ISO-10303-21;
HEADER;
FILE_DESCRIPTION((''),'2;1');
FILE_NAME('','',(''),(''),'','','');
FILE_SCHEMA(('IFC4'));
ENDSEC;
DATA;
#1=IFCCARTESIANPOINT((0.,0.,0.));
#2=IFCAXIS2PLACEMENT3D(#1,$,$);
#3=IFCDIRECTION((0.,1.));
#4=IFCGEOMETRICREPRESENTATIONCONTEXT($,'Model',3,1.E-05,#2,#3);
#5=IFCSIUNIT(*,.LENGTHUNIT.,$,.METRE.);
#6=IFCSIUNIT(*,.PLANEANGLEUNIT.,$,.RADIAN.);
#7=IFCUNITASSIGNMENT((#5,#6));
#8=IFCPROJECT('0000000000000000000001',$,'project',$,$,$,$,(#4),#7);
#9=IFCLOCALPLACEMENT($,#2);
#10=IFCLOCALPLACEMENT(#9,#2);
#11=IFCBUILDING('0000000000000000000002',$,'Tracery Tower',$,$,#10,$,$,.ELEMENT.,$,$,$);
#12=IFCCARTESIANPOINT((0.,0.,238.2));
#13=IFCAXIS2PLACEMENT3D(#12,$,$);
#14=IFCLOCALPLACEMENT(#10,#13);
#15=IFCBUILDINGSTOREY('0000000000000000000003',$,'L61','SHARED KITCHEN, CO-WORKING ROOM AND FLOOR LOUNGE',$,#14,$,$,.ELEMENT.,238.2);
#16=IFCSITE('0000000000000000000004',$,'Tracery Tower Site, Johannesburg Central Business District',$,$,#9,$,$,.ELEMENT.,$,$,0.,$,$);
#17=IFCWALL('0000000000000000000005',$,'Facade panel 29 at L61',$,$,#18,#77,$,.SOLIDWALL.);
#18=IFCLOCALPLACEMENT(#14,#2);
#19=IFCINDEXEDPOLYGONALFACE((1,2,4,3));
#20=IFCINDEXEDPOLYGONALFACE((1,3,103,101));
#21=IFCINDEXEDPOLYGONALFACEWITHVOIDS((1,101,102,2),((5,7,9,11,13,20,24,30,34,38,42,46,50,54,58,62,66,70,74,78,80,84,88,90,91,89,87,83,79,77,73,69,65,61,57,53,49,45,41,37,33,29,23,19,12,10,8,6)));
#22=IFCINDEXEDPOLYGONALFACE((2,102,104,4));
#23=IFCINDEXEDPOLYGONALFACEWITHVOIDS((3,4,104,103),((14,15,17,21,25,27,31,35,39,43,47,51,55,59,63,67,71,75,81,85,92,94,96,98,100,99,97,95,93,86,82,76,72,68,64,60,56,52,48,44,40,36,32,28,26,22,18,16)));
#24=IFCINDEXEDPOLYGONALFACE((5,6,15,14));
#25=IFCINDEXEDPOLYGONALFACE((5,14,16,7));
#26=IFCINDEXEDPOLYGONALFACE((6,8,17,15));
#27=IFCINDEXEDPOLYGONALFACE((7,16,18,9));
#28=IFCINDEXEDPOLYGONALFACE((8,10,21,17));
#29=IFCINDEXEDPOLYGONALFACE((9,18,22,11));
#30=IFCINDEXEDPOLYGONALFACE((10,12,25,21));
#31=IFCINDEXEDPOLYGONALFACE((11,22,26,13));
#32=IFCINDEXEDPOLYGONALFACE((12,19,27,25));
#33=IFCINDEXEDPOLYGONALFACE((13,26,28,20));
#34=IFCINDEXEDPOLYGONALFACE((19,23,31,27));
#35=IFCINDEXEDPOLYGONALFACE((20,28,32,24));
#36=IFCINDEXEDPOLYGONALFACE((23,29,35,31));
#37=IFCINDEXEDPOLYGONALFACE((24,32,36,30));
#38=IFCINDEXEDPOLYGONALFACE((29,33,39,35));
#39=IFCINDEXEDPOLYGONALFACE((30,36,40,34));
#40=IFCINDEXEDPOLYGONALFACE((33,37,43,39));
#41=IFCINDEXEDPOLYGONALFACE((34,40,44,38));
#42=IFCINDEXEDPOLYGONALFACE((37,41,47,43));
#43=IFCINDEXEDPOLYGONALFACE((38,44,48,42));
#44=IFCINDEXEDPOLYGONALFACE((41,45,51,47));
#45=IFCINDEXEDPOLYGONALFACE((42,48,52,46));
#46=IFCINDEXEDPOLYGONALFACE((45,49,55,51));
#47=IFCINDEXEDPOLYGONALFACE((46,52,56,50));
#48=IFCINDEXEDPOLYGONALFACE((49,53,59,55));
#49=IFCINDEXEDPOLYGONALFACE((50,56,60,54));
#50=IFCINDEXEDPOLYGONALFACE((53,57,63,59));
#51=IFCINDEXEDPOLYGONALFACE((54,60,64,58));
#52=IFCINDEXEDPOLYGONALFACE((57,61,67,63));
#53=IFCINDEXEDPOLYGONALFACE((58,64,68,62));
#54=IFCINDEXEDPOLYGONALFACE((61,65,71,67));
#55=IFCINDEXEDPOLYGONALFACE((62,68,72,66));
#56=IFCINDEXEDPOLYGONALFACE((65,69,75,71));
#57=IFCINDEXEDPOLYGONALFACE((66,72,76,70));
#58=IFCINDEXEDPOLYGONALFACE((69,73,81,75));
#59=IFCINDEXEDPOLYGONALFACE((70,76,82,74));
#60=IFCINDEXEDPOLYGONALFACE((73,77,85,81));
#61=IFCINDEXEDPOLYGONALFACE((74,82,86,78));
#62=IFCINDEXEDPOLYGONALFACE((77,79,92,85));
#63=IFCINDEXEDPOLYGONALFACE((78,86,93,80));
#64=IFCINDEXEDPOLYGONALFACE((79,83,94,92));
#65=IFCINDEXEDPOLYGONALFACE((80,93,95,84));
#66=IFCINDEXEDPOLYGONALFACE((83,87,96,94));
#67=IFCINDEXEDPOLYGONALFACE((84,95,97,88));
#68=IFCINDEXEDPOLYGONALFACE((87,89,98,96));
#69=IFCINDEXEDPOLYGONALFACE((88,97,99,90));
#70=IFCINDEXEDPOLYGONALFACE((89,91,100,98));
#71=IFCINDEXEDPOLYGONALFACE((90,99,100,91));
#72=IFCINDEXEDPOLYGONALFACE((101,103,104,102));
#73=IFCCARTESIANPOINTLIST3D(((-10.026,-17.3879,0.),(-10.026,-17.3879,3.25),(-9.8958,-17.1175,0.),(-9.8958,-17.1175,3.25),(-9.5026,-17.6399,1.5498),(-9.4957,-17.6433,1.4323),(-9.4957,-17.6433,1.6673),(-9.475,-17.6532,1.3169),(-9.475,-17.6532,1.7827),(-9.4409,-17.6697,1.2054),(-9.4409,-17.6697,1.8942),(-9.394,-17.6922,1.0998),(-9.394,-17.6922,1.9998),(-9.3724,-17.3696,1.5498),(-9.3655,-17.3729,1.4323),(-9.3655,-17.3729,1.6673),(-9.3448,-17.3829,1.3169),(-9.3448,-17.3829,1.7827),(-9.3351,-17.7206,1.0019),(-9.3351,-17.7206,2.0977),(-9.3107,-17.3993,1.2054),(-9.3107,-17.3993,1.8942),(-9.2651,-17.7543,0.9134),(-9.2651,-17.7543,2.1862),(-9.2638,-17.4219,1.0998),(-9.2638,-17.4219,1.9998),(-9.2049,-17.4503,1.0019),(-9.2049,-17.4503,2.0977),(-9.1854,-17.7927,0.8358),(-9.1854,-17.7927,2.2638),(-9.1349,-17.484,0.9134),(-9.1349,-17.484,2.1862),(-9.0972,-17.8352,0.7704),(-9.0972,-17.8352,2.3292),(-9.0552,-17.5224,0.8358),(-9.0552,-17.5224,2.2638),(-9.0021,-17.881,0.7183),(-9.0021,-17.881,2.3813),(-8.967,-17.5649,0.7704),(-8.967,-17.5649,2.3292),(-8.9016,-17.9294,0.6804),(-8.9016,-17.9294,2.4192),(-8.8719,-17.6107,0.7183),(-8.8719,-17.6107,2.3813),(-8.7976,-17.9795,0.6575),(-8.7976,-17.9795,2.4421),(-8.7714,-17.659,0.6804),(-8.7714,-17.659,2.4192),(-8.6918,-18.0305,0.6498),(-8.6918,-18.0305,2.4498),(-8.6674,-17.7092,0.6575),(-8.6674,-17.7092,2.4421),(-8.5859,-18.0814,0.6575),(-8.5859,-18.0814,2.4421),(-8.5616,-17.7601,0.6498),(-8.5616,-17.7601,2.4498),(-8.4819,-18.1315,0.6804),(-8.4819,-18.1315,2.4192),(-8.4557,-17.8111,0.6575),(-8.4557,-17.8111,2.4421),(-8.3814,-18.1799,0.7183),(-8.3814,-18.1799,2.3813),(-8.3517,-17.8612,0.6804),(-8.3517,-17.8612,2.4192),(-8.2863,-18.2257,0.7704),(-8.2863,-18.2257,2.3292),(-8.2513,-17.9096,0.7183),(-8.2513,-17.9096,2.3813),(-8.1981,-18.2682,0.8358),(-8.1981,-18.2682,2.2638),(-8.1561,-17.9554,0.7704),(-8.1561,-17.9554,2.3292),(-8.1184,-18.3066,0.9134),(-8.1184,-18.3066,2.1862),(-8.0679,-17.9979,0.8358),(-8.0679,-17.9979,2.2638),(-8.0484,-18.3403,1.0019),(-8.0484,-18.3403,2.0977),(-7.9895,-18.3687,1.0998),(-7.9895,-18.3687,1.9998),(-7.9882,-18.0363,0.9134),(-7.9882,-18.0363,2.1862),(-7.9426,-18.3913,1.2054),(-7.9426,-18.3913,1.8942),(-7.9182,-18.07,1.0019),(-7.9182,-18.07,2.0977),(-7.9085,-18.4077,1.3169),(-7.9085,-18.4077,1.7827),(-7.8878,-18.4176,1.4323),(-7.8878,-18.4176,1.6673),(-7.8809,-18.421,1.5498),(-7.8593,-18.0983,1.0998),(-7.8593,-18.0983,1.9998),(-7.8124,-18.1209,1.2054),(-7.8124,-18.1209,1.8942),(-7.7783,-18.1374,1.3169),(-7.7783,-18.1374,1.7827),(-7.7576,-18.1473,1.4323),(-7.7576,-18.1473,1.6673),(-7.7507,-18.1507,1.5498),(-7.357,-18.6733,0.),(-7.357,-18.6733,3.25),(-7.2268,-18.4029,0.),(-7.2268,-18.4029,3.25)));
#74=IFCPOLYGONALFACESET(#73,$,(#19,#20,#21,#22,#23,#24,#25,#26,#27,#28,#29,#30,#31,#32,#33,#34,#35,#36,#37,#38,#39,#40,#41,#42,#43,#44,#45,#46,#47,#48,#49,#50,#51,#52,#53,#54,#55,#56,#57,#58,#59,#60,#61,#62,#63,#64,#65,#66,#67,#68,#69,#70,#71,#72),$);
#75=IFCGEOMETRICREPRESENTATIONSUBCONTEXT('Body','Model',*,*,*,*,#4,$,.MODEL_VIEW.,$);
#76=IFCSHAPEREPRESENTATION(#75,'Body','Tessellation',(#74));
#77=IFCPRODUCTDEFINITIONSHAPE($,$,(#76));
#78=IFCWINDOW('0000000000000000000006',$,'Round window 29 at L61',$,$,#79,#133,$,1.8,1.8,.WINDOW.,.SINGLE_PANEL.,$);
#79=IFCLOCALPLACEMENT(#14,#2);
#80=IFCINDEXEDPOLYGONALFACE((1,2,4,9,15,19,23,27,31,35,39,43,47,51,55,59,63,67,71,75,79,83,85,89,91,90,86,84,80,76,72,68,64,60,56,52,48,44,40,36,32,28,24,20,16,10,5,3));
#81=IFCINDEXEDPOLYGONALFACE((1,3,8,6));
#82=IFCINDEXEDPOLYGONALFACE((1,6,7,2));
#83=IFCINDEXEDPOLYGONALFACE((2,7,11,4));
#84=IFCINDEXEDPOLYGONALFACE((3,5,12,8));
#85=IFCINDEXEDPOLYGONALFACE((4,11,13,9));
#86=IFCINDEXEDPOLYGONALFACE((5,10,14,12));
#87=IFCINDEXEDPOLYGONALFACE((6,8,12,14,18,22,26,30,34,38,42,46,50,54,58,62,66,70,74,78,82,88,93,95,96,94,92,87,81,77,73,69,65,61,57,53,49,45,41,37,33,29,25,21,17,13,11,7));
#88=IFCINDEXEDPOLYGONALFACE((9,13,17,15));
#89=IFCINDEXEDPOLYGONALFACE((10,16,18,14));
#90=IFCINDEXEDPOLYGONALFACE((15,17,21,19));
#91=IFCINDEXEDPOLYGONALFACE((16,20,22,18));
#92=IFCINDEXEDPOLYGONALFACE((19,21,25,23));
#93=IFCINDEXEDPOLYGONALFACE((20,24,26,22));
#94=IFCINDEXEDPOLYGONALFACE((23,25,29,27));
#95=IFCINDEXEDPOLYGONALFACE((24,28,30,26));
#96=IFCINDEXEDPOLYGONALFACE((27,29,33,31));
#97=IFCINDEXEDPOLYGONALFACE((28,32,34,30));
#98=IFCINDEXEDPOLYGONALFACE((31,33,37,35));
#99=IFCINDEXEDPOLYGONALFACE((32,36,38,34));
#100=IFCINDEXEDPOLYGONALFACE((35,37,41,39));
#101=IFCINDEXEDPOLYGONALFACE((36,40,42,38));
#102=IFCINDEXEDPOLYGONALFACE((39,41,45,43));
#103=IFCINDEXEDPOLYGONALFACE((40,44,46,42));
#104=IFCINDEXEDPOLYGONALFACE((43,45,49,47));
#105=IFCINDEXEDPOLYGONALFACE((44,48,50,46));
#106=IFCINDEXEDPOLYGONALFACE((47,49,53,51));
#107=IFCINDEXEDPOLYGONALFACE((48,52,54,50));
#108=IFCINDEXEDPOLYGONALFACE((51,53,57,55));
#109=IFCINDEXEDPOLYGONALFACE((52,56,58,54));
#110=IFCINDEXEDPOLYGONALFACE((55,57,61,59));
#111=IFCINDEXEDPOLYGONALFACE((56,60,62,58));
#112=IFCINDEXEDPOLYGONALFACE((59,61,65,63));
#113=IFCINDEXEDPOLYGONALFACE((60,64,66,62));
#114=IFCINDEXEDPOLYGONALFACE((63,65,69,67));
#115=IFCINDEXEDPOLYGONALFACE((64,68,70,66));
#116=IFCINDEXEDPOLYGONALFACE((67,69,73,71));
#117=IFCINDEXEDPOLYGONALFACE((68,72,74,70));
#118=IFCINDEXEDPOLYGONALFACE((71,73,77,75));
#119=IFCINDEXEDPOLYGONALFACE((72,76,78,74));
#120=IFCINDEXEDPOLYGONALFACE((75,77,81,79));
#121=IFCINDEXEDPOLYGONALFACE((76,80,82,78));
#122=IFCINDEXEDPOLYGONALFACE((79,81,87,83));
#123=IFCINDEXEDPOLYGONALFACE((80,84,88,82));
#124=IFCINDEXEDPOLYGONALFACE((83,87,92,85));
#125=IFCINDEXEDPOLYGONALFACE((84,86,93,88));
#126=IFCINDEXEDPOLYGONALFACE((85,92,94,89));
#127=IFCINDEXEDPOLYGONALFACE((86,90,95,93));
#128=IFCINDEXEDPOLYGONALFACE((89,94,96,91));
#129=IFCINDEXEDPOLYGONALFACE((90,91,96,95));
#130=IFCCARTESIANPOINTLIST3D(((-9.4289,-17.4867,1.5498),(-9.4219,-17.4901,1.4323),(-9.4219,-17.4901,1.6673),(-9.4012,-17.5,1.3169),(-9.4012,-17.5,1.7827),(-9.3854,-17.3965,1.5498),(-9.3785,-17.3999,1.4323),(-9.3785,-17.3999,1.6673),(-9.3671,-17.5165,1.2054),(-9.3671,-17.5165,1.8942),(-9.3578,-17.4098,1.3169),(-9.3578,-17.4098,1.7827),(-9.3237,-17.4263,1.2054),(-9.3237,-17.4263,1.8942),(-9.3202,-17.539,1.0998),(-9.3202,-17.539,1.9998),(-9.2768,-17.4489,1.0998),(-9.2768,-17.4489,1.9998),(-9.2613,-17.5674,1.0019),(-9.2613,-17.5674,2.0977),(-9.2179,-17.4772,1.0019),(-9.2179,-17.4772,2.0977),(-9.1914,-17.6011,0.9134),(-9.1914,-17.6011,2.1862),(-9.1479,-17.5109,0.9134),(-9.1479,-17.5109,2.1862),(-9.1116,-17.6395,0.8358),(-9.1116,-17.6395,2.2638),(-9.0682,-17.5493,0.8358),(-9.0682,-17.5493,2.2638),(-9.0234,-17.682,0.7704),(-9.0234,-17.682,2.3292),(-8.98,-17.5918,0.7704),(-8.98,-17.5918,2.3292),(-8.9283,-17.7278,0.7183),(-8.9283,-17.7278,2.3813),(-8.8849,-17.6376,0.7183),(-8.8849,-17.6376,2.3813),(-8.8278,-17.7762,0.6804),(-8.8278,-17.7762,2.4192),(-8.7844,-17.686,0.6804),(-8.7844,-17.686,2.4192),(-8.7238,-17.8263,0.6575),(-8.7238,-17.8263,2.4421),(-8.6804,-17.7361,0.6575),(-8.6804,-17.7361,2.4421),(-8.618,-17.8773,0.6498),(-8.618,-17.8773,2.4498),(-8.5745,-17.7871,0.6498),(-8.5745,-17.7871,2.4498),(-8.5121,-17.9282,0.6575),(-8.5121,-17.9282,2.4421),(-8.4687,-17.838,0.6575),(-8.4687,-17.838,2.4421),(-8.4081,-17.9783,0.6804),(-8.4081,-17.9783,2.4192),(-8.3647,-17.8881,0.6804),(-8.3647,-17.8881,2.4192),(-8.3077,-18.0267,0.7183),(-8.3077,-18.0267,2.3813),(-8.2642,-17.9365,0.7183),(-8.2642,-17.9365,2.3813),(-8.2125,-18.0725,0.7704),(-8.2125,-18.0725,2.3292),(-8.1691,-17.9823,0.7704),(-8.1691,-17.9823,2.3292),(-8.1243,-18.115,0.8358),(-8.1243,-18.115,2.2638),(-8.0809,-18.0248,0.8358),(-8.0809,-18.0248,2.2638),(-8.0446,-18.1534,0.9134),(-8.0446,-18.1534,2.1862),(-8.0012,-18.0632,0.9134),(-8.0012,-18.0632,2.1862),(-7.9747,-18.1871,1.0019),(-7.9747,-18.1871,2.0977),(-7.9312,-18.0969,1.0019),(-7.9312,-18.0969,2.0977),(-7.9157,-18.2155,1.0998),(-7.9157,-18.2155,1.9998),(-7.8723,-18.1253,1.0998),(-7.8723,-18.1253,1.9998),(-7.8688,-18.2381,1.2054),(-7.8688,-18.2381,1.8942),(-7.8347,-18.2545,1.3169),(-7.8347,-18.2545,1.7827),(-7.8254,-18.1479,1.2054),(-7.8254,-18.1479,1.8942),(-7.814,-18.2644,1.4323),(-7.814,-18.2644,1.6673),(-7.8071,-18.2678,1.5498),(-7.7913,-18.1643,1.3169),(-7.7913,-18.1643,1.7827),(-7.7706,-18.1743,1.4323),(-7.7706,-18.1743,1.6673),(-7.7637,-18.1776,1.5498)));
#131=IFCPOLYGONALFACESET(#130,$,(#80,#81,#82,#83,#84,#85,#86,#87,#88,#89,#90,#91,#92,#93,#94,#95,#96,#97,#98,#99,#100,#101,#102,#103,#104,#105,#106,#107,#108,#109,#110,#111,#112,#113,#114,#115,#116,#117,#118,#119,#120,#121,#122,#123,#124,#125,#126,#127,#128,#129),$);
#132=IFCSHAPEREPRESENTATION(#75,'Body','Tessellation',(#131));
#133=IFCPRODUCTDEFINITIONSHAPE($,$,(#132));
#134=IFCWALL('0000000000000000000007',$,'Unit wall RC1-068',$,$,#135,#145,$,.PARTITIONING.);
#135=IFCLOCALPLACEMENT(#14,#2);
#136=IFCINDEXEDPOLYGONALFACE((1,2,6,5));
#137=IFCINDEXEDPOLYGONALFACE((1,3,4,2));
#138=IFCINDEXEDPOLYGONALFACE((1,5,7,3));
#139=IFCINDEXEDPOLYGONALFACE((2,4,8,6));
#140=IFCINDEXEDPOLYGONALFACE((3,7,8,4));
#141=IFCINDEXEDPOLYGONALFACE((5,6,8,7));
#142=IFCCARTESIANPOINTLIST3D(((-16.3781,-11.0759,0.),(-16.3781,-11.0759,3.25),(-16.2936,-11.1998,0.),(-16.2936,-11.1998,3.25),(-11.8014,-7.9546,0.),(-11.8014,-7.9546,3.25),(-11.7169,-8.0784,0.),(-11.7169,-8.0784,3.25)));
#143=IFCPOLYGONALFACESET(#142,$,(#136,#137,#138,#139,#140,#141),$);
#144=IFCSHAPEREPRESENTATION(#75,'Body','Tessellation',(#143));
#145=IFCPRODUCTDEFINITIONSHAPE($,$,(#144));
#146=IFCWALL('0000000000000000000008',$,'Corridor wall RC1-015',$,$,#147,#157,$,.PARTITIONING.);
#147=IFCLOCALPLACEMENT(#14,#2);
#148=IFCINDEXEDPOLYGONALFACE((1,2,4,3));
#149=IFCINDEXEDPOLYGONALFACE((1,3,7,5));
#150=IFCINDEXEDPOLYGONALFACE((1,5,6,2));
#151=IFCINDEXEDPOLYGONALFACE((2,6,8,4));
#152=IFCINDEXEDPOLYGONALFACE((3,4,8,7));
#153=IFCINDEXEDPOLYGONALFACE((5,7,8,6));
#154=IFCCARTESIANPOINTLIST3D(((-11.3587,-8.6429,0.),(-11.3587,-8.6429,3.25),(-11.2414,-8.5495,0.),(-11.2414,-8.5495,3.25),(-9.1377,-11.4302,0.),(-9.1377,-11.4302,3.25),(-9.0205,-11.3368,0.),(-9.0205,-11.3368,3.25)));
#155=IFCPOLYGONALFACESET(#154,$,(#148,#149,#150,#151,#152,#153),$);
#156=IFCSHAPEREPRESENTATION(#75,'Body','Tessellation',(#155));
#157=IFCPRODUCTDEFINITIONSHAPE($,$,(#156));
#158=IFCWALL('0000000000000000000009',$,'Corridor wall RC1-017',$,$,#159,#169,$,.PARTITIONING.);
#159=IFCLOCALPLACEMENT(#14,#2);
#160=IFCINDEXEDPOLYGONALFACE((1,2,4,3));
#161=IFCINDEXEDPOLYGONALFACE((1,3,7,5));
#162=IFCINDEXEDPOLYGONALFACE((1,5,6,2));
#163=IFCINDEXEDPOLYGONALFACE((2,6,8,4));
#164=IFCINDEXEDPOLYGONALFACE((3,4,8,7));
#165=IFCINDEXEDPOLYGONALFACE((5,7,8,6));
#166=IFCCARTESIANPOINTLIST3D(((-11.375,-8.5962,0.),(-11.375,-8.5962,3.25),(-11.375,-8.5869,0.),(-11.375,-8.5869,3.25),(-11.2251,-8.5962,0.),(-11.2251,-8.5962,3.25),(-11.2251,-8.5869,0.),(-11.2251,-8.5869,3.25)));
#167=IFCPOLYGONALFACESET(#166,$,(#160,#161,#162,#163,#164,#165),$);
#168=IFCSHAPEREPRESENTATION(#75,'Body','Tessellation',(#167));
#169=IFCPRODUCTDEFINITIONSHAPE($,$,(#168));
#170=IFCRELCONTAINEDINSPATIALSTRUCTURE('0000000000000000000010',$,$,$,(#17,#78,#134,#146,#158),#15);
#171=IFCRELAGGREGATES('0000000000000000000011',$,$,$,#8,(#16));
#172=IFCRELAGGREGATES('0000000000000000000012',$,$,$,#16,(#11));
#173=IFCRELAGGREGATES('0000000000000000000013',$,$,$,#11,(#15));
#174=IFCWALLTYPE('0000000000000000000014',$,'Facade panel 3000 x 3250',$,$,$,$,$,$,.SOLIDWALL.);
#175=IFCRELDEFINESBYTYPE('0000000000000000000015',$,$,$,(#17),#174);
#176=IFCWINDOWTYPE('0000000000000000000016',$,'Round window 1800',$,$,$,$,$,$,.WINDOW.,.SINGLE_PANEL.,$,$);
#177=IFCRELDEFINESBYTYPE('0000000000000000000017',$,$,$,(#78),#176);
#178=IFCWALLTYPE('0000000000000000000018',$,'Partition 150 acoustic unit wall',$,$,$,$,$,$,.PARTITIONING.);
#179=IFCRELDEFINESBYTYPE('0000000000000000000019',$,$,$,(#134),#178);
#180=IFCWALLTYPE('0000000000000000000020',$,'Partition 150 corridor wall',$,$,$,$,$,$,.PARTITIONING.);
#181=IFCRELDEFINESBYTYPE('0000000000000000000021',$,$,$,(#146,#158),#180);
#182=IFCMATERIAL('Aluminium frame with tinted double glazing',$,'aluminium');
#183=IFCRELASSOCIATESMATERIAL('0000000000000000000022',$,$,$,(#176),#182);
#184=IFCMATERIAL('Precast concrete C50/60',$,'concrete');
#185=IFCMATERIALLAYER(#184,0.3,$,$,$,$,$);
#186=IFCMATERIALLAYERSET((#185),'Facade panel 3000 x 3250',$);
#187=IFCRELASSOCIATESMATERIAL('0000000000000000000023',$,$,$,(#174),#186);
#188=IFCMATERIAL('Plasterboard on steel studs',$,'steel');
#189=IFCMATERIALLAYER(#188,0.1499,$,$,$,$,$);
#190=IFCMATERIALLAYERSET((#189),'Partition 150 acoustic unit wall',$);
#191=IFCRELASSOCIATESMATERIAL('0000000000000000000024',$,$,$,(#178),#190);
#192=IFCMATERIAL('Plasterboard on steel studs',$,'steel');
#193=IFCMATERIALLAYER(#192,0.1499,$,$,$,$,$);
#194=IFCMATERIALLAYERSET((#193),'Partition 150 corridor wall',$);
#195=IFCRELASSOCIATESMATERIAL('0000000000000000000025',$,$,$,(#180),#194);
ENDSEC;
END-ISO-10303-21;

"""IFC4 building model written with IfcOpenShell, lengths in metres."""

from ifc_helpers import new_model, si_unit, direction, frame, frame_2d, origin, origin_2d, place, context, subcontext, project, spatial, rectangle, circle, extrude, material, layer, layer_set, type_object, element, fill, save


model = new_model("IFC4")

# Units and contexts
model_context = context("Model", 3, precision=1e-05, world=origin(), true_north=direction((0.0, 1.0)))
body_context = subcontext(model_context, "Body", "Model", "MODEL_VIEW")
ifc_project = project(units=[si_unit("LENGTHUNIT", "METRE"), si_unit("PLANEANGLEUNIT", "RADIAN")], contexts=[model_context])

# Site, building, storey
site_placement = place(None, origin())
site = spatial("IfcSite", under=ifc_project, at=site_placement, Name="Tracery Tower Site, Johannesburg Central Business District", CompositionType="ELEMENT", RefElevation=0.0)
building_placement = place(site_placement, origin())
building = spatial("IfcBuilding", under=site, at=building_placement, Name="Tracery Tower", CompositionType="ELEMENT")
storey_placement = place(building_placement, frame((0.0, 0.0, 238.2)))
storey = spatial("IfcBuildingStorey", under=building, at=storey_placement, Name="L61", Description="SHARED KITCHEN, CO-WORKING ROOM AND FLOOR LOUNGE", CompositionType="ELEMENT", Elevation=238.2)

# Wall, opening, window
ifc_material_1 = material(Name="Aluminium frame with tinted double glazing", Category="aluminium")
window_type = type_object("IfcWindowType", Name="Round window 1800", PartitioningType="SINGLE_PANEL", PredefinedType="WINDOW", material=ifc_material_1)
ifc_material_2 = material(Name="Precast concrete C50/60", Category="concrete")
ifc_layer_1 = layer(ifc_material_2, 0.3)
ifc_layer_set_1 = layer_set([ifc_layer_1], Name="Facade panel 3000 x 3250")
wall_type_1 = type_object("IfcWallType", Name="Facade panel 3000 x 3250", PredefinedType="SOLIDWALL", material=ifc_layer_set_1)
wall_1_placement = place(storey_placement, frame((-9.9609, -17.2527, 0.0), z_axis=(0.0, 0.0, 1.0), x_axis=(0.900955, -0.433912, 0.0)))
wall_1 = element("IfcWall", 1, at=wall_1_placement, inside=storey, type_object=wall_type_1, Name="Facade panel 29 at L61", PredefinedType="SOLIDWALL", context=body_context, shape_type="SweptSolid", body=[
    extrude(rectangle(XDim=2.9624, YDim=0.3, at=frame_2d((1.4812, 0.0))), origin(), (0.0, 0.0, 1.0), 3.25),
])
opening_1_placement = place(wall_1_placement, frame((1.481, 0.0, 1.5498)))
opening_1 = element("IfcOpeningElement", 2, at=opening_1_placement, cuts=wall_1, PredefinedType="OPENING", context=body_context, shape_type="SweptSolid", body=[
    extrude(circle(Radius=0.9, at=origin_2d()), frame((0.0, 0.1599, 0.0), z_axis=(0.0, -1.0, 0.0), x_axis=(1.0, 0.0, 0.0)), (0.0, 0.0, 1.0), 0.3201),
])
window_1_placement = place(opening_1_placement, origin())
window_1 = element("IfcWindow", 3, at=window_1_placement, inside=storey, type_object=window_type, Name="Round window 29 at L61", OverallHeight=1.8, OverallWidth=1.8, PartitioningType="SINGLE_PANEL", PredefinedType="WINDOW", context=body_context, shape_type="SweptSolid", body=[
    extrude(circle(Radius=0.9, at=origin_2d()), frame((0.0, 0.1201, 0.0), z_axis=(0.0, -1.0, 0.0), x_axis=(1.0, 0.0, 0.0)), (0.0, 0.0, 1.0), 0.1001),
])
fill(opening_1, window_1)

# Walls
ifc_material_3 = material(Name="Plasterboard on steel studs", Category="steel")
ifc_layer_2 = layer(ifc_material_3, 0.1499)
ifc_layer_set_2 = layer_set([ifc_layer_2], Name="Partition 150 acoustic unit wall")
wall_type_2 = type_object("IfcWallType", Name="Partition 150 acoustic unit wall", PredefinedType="PARTITIONING", material=ifc_layer_set_2)
wall_2_placement = place(storey_placement, frame((-16.3359, -11.1379, 0.0), z_axis=(0.0, 0.0, 1.0), x_axis=(0.826153, 0.563446, 0.0)))
element("IfcWall", 4, at=wall_2_placement, inside=storey, type_object=wall_type_2, Name="Unit wall RC1-068", PredefinedType="PARTITIONING", context=body_context, shape_type="SweptSolid", body=[
    extrude(rectangle(XDim=5.5398, YDim=0.1499, at=frame_2d((2.77, 0.0))), origin(), (0.0, 0.0, 1.0), 3.25),
])
ifc_material_4 = material(Name="Plasterboard on steel studs", Category="steel")
ifc_layer_3 = layer(ifc_material_4, 0.1499)
ifc_layer_set_3 = layer_set([ifc_layer_3], Name="Partition 150 corridor wall")
wall_type_3 = type_object("IfcWallType", Name="Partition 150 corridor wall", PredefinedType="PARTITIONING", material=ifc_layer_set_3)
wall_3_placement = place(storey_placement, frame((-11.3, -8.5962, 0.0), z_axis=(0.0, 0.0, 1.0), x_axis=(0.623165, -0.78209, 0.0)))
element("IfcWall", 5, at=wall_3_placement, inside=storey, type_object=wall_type_3, Name="Corridor wall RC1-015", PredefinedType="PARTITIONING", context=body_context, shape_type="SweptSolid", body=[
    extrude(rectangle(XDim=3.564, YDim=0.1499, at=frame_2d((1.782, 0.0))), origin(), (0.0, 0.0, 1.0), 3.25),
])
wall_4_placement = place(storey_placement, frame((-11.3, -8.5962, 0.0), z_axis=(0.0, 0.0, 1.0), x_axis=(0.0, 1.0, 0.0)))
element("IfcWall", 6, at=wall_4_placement, inside=storey, type_object=wall_type_3, Name="Corridor wall RC1-017", PredefinedType="PARTITIONING", context=body_context, shape_type="SweptSolid", body=[
    extrude(rectangle(XDim=0.0093, YDim=0.1499, at=frame_2d((0.0046, 0.0))), origin(), (0.0, 0.0, 1.0), 3.25),
])

save(model, "model.ifc")
